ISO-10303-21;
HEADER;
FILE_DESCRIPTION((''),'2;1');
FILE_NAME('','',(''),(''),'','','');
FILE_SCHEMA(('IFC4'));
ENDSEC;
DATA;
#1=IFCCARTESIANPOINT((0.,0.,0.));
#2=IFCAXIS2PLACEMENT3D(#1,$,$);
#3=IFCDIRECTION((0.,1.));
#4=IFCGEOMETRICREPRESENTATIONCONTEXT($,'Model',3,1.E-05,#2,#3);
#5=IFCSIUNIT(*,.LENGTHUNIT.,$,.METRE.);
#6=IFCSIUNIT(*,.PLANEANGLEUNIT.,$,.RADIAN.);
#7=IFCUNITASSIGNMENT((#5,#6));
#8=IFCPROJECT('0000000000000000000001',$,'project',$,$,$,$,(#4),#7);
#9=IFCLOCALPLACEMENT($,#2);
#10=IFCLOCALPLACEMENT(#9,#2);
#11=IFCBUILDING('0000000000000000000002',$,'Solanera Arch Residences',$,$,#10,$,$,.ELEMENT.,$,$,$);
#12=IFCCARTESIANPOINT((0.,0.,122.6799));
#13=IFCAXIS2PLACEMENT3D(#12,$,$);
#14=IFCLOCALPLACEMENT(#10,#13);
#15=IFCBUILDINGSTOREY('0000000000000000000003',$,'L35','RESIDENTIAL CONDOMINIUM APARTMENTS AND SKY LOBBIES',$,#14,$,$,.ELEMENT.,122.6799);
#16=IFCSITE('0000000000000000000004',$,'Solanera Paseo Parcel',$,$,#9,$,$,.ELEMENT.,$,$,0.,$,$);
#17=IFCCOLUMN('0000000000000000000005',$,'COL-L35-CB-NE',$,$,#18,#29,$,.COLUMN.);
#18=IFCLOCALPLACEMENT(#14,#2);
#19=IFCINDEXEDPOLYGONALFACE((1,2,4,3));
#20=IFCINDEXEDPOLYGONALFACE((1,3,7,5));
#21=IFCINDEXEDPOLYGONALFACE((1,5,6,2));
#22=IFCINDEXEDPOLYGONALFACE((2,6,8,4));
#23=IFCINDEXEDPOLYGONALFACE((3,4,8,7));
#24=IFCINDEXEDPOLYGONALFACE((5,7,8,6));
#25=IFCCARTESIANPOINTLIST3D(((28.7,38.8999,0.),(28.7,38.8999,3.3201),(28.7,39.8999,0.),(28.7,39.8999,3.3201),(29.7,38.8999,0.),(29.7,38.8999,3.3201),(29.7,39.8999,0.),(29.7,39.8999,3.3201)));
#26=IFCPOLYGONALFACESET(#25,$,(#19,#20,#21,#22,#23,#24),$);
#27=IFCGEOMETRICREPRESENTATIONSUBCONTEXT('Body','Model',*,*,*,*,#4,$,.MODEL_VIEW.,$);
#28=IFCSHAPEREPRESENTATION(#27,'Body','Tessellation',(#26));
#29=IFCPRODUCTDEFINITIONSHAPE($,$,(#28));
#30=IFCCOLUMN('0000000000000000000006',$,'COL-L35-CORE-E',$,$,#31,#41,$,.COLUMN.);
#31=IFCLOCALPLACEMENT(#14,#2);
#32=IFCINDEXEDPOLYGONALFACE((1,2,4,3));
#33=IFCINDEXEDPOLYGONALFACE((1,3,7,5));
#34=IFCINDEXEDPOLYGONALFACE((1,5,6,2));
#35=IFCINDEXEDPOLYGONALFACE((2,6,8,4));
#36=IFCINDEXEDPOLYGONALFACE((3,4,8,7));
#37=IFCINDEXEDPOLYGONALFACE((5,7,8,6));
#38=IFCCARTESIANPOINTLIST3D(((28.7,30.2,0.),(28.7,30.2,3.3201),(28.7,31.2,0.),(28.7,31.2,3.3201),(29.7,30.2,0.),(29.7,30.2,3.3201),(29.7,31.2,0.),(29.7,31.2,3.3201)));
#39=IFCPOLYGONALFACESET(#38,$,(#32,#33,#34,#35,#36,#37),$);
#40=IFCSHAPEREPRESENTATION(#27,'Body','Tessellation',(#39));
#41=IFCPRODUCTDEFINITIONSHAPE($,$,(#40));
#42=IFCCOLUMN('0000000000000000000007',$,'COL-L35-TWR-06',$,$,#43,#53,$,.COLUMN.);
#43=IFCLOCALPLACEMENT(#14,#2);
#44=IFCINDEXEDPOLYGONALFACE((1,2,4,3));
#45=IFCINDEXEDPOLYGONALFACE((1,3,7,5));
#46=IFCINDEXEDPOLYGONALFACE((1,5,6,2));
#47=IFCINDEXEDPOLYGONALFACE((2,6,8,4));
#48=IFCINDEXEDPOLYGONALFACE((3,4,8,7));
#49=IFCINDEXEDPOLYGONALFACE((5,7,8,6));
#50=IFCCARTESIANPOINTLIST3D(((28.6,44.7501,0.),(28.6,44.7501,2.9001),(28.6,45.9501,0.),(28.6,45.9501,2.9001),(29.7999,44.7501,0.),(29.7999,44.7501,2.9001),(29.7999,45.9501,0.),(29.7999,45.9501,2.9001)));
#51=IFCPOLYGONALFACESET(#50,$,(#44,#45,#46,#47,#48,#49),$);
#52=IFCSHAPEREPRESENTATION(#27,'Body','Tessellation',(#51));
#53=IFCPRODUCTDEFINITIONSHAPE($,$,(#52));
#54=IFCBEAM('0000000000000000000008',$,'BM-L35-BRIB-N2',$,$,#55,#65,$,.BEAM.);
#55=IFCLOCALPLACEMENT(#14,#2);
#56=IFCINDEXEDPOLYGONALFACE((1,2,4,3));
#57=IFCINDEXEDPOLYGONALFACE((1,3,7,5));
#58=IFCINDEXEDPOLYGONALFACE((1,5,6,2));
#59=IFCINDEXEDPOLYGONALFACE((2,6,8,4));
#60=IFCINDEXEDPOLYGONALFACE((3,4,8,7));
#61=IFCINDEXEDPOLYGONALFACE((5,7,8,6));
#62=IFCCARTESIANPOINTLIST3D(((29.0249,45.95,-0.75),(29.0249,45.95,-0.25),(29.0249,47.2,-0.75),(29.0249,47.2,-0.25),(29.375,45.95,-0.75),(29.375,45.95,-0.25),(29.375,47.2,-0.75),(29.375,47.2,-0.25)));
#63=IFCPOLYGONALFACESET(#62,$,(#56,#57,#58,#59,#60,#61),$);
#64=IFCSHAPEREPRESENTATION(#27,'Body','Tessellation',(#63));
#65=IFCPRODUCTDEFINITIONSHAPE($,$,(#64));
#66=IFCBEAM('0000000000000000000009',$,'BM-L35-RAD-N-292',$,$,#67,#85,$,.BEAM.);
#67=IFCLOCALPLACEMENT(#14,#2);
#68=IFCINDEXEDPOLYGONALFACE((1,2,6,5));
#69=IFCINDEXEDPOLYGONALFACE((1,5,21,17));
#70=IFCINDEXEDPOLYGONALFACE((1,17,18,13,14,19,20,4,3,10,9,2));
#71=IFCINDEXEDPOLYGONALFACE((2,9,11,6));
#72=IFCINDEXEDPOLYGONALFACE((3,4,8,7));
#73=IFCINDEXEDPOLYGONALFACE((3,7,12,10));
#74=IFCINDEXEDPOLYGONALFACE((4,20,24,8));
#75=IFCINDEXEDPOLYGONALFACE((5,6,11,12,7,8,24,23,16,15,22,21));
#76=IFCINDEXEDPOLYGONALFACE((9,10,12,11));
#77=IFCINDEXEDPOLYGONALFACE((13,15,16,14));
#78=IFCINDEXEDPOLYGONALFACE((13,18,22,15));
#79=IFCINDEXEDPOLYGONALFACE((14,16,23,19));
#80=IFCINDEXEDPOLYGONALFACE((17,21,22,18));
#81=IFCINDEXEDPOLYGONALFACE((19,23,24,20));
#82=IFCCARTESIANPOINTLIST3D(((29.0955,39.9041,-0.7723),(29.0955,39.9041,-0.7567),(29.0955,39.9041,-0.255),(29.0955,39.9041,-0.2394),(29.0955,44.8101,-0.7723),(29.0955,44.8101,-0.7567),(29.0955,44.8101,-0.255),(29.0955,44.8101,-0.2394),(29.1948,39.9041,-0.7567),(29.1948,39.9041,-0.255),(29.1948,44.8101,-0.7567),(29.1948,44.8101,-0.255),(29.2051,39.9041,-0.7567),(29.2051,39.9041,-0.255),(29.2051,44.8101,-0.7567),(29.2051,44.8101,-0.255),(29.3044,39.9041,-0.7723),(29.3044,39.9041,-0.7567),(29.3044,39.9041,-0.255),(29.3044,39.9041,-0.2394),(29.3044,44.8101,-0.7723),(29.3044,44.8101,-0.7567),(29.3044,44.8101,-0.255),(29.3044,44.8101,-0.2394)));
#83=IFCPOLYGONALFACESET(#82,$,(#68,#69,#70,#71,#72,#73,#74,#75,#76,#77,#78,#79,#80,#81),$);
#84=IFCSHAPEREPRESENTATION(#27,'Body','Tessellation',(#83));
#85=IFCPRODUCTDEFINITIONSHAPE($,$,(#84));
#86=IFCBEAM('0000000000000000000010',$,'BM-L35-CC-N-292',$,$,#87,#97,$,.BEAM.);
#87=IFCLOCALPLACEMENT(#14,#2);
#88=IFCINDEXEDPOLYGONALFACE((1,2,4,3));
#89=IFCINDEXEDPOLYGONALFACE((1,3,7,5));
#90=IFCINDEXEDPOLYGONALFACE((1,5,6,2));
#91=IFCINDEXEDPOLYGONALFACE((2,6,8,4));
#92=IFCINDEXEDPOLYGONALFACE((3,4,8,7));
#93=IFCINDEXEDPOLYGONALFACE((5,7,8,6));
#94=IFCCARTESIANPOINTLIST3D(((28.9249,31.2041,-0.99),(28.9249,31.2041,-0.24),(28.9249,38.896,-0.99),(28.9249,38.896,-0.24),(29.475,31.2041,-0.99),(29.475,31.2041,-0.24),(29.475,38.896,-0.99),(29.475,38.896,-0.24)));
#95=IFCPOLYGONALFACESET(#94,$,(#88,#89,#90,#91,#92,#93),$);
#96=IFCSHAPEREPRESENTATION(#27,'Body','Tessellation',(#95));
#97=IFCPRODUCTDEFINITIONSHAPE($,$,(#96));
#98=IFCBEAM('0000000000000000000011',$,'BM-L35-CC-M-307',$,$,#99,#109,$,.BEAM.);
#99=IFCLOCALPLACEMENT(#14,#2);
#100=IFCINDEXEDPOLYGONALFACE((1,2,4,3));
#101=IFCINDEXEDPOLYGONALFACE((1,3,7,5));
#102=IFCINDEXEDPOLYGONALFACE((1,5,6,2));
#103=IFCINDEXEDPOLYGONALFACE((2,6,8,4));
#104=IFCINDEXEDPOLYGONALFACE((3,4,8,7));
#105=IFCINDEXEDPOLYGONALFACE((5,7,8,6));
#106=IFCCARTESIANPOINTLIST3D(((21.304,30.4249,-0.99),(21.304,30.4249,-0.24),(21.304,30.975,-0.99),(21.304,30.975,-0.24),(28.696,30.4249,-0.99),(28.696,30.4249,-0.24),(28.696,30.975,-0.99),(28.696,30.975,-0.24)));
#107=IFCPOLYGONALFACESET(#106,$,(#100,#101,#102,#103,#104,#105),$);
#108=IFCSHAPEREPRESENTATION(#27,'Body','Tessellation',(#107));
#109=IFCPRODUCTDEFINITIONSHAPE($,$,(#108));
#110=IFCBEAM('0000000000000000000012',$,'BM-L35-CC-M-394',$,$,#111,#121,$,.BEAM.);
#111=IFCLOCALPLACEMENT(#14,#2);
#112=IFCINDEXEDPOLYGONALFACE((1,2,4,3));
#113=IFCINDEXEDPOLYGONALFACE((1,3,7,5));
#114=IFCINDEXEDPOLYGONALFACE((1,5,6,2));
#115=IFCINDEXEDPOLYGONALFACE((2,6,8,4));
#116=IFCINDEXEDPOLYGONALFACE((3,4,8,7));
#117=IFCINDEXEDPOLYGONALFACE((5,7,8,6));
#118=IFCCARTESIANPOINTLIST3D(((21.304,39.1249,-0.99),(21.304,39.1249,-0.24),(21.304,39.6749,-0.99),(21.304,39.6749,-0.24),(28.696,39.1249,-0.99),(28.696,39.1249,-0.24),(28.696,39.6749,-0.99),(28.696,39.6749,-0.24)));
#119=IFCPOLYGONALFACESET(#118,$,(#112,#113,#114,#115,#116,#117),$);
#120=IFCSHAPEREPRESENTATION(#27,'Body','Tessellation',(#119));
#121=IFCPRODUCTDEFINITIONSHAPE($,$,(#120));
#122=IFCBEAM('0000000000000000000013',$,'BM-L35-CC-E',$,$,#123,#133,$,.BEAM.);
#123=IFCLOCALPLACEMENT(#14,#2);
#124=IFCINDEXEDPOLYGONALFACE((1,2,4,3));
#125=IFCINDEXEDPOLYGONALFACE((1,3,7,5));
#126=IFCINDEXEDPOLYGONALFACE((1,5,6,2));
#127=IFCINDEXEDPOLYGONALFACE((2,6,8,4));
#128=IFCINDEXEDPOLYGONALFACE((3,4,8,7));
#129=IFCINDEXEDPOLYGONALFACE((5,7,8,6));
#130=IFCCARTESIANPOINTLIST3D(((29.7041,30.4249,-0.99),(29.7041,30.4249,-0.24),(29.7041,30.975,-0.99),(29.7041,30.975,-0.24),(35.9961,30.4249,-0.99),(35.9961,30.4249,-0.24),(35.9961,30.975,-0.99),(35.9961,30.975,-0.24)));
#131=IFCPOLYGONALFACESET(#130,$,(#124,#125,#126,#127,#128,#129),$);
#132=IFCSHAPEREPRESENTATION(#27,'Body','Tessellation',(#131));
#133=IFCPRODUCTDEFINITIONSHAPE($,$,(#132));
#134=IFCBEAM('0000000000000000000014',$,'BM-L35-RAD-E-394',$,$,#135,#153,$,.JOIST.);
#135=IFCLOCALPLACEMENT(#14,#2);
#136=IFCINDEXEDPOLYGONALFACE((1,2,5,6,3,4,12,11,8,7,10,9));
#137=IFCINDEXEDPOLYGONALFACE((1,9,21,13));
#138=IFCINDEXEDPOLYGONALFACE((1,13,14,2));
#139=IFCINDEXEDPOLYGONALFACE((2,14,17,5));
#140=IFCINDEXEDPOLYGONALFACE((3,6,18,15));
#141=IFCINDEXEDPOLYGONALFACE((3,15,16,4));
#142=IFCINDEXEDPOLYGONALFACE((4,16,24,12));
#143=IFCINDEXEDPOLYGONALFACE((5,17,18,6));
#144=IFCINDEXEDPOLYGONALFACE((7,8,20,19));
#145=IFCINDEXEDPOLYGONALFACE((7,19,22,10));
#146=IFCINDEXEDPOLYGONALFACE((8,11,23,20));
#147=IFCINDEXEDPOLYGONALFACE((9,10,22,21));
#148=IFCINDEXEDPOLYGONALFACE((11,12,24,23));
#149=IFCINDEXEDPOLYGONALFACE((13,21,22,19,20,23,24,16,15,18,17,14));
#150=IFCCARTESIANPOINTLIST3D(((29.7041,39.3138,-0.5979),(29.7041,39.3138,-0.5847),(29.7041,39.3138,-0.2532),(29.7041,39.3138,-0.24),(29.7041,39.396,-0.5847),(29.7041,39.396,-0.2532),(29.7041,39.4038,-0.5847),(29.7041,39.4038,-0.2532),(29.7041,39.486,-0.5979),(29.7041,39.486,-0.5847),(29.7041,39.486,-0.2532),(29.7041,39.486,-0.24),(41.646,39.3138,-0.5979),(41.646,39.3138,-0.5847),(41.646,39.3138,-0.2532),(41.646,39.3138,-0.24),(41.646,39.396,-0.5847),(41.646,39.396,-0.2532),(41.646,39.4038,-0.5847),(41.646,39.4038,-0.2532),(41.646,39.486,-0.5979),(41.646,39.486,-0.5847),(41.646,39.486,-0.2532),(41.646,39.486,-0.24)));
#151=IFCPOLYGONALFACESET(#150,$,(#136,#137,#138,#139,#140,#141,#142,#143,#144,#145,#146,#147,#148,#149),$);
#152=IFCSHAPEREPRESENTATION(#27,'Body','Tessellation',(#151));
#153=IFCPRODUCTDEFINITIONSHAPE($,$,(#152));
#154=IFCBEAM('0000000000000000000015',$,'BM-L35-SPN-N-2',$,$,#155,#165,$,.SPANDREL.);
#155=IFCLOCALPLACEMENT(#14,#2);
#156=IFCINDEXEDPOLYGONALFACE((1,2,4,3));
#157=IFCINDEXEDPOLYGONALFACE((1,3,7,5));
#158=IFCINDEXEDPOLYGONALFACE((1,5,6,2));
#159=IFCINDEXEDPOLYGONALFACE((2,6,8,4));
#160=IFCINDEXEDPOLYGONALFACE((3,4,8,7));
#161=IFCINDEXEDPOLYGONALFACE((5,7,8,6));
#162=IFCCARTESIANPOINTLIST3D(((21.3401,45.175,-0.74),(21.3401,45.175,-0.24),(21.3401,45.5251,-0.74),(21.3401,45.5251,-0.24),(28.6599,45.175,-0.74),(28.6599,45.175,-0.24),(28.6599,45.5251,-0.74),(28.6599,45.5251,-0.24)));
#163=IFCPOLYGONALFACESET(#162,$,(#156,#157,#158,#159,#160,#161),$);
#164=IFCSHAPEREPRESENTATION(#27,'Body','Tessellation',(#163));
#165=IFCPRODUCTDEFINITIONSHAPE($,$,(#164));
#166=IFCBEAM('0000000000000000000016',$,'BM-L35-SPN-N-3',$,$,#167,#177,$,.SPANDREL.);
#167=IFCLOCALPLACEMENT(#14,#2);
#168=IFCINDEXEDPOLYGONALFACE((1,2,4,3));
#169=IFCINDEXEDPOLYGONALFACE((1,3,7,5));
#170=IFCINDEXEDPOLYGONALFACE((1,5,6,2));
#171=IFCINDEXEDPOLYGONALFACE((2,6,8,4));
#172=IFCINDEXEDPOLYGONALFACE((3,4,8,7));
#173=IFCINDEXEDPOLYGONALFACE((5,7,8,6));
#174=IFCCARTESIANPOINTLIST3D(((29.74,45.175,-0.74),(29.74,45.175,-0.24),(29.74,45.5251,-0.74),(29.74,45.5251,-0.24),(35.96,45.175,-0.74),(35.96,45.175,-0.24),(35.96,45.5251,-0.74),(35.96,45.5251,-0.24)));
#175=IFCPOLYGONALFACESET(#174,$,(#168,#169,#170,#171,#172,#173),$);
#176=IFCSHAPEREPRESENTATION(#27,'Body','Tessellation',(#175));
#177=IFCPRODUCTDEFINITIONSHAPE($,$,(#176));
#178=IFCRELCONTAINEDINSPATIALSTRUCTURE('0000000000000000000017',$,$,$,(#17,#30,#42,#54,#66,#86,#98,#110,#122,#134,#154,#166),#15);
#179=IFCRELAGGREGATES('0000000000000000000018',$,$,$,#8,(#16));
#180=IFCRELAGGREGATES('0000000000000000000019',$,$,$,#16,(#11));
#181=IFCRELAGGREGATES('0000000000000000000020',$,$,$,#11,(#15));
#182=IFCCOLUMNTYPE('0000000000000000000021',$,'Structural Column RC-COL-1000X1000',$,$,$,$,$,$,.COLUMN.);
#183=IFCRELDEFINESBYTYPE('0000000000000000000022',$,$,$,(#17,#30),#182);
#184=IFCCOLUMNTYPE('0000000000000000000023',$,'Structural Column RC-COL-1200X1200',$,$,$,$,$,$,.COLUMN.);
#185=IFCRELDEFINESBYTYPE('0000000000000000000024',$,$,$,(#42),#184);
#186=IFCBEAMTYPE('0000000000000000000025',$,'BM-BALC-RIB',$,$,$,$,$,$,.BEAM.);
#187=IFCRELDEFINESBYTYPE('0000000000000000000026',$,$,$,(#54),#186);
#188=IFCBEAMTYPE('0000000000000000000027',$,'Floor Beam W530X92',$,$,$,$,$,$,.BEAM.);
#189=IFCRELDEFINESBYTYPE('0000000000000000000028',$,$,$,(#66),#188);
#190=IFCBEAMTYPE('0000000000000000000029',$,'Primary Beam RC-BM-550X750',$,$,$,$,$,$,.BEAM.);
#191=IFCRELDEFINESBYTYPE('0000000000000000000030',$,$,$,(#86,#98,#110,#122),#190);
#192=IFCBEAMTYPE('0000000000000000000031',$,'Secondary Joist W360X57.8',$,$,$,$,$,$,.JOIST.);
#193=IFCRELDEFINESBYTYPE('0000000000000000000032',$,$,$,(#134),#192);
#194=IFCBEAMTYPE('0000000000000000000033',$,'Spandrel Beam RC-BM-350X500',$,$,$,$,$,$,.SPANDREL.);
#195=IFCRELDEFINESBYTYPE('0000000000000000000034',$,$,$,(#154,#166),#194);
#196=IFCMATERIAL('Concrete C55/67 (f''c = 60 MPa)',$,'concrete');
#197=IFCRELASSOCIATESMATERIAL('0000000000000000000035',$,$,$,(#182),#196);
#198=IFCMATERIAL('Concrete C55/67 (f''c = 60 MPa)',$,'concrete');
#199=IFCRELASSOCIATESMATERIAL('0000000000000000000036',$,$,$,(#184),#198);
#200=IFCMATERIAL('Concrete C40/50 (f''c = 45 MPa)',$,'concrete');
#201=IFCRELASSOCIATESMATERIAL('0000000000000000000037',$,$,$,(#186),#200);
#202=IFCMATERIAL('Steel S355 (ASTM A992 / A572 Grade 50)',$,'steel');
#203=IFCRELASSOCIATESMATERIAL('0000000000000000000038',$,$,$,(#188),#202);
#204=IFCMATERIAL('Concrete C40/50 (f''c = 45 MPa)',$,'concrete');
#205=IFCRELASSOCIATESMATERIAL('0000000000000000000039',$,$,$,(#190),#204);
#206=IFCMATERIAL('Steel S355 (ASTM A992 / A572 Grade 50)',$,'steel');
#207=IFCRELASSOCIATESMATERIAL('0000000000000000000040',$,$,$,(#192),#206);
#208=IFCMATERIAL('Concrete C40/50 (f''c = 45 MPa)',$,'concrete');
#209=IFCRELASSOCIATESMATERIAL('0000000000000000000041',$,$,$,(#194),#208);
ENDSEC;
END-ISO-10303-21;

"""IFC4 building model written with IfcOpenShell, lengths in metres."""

from ifc_helpers import new_model, si_unit, direction, frame, origin, origin_2d, place, context, subcontext, project, spatial, rectangle, i_section, extrude, material, material_profile, profile_set, type_object, element, save


model = new_model("IFC4")

# Units and contexts
model_context = context("Model", 3, precision=1e-05, world=origin(), true_north=direction((0.0, 1.0)))
body_context = subcontext(model_context, "Body", "Model", "MODEL_VIEW")
ifc_project = project(units=[si_unit("LENGTHUNIT", "METRE"), si_unit("PLANEANGLEUNIT", "RADIAN")], contexts=[model_context])

# Site, building, storey
site_placement = place(None, origin())
site = spatial("IfcSite", under=ifc_project, at=site_placement, Name="Solanera Paseo Parcel", CompositionType="ELEMENT", RefElevation=0.0)
building_placement = place(site_placement, origin())
building = spatial("IfcBuilding", under=site, at=building_placement, Name="Solanera Arch Residences", CompositionType="ELEMENT")
storey_placement = place(building_placement, frame((0.0, 0.0, 122.6799)))
storey = spatial("IfcBuildingStorey", under=building, at=storey_placement, Name="L35", Description="RESIDENTIAL CONDOMINIUM APARTMENTS AND SKY LOBBIES", CompositionType="ELEMENT", Elevation=122.6799)

# Columns
ifc_material_1 = material(Name="Concrete C55/67 (f'c = 60 MPa)", Category="concrete")
ifc_material_profile_1 = material_profile(ifc_material_1, rectangle(XDim=1.0, YDim=1.0, at=origin_2d()))
ifc_profile_set_1 = profile_set([ifc_material_profile_1], Name="Concrete C55/67 (f'c = 60 MPa)")
column_type_1 = type_object("IfcColumnType", Name="Structural Column RC-COL-1000X1000", PredefinedType="COLUMN", material=ifc_profile_set_1)
for number, where, z_axis, x_axis, name in (
    (1, (29.2, 39.3999, 0.0), (0.0, 0.0, 1.0), (1.0, 0.0, 0.0), "COL-L35-CB-NE"),
    (2, (29.2, 30.7, 0.0), (0.0, 0.0, 1.0), (1.0, 0.0, 0.0), "COL-L35-CORE-E"),
):
    element("IfcColumn", number, at=place(storey_placement, frame(where, z_axis=z_axis, x_axis=x_axis)), inside=storey, type_object=column_type_1, Name=name, PredefinedType="COLUMN", context=body_context, shape_type="SweptSolid", body=[
        extrude(rectangle(XDim=1.0, YDim=1.0, at=origin_2d()), origin(), (0.0, 0.0, 1.0), 3.3201),
    ])
ifc_material_2 = material(Name="Concrete C55/67 (f'c = 60 MPa)", Category="concrete")
ifc_material_profile_2 = material_profile(ifc_material_2, rectangle(XDim=1.2, YDim=1.2, at=origin_2d()))
ifc_profile_set_2 = profile_set([ifc_material_profile_2], Name="Concrete C55/67 (f'c = 60 MPa)")
column_type_2 = type_object("IfcColumnType", Name="Structural Column RC-COL-1200X1200", PredefinedType="COLUMN", material=ifc_profile_set_2)
column_placement = place(storey_placement, frame((29.2, 45.3501, 0.0), z_axis=(0.0, 0.0, 1.0), x_axis=(1.0, 0.0, 0.0)))
element("IfcColumn", 3, at=column_placement, inside=storey, type_object=column_type_2, Name="COL-L35-TWR-06", PredefinedType="COLUMN", context=body_context, shape_type="SweptSolid", body=[
    extrude(rectangle(XDim=1.2, YDim=1.2, at=origin_2d()), origin(), (0.0, 0.0, 1.0), 2.9001),
])

# Beams
ifc_material_3 = material(Name="Concrete C40/50 (f'c = 45 MPa)", Category="concrete")
ifc_material_profile_3 = material_profile(ifc_material_3, rectangle(XDim=0.3501, YDim=0.5, at=origin_2d()))
ifc_profile_set_3 = profile_set([ifc_material_profile_3], Name="Concrete C40/50 (f'c = 45 MPa)")
beam_type_1 = type_object("IfcBeamType", Name="BM-BALC-RIB", PredefinedType="BEAM", material=ifc_profile_set_3)
beam_1_placement = place(storey_placement, frame((29.2, 45.95, -0.5), z_axis=(0.0, 1.0, 0.0), x_axis=(-1.0, 0.0, 0.0)))
element("IfcBeam", 4, at=beam_1_placement, inside=storey, type_object=beam_type_1, Name="BM-L35-BRIB-N2", PredefinedType="BEAM", context=body_context, shape_type="SweptSolid", body=[
    extrude(rectangle(XDim=0.3501, YDim=0.5, at=origin_2d()), origin(), (0.0, 0.0, 1.0), 1.25),
])
ifc_material_4 = material(Name="Steel S355 (ASTM A992 / A572 Grade 50)", Category="steel")
ifc_material_profile_4 = material_profile(ifc_material_4, i_section(OverallWidth=0.209, OverallDepth=0.533, WebThickness=0.0103, FlangeThickness=0.0156, at=origin_2d()))
ifc_profile_set_4 = profile_set([ifc_material_profile_4], Name="Steel S355 (ASTM A992 / A572 Grade 50)")
beam_type_2 = type_object("IfcBeamType", Name="Floor Beam W530X92", PredefinedType="BEAM", material=ifc_profile_set_4)
beam_2_placement = place(storey_placement, frame((29.2, 39.9041, -0.5059), z_axis=(0.0, 1.0, 0.0), x_axis=(-1.0, 0.0, 0.0)))
element("IfcBeam", 5, at=beam_2_placement, inside=storey, type_object=beam_type_2, Name="BM-L35-RAD-N-292", PredefinedType="BEAM", context=body_context, shape_type="SweptSolid", body=[
    extrude(i_section(OverallWidth=0.209, OverallDepth=0.533, WebThickness=0.0103, FlangeThickness=0.0156, at=origin_2d()), origin(), (0.0, 0.0, 1.0), 4.906),
])
ifc_material_5 = material(Name="Concrete C40/50 (f'c = 45 MPa)", Category="concrete")
ifc_material_profile_5 = material_profile(ifc_material_5, rectangle(XDim=0.55, YDim=0.75, at=origin_2d()))
ifc_profile_set_5 = profile_set([ifc_material_profile_5], Name="Concrete C40/50 (f'c = 45 MPa)")
beam_type_3 = type_object("IfcBeamType", Name="Primary Beam RC-BM-550X750", PredefinedType="BEAM", material=ifc_profile_set_5)
beam_3_placement = place(storey_placement, frame((29.2, 31.2041, -0.615), z_axis=(0.0, 1.0, 0.0), x_axis=(-1.0, 0.0, 0.0)))
element("IfcBeam", 6, at=beam_3_placement, inside=storey, type_object=beam_type_3, Name="BM-L35-CC-N-292", PredefinedType="BEAM", context=body_context, shape_type="SweptSolid", body=[
    extrude(rectangle(XDim=0.55, YDim=0.75, at=origin_2d()), origin(), (0.0, 0.0, 1.0), 7.6919),
])
for number, where, z_axis, x_axis, name in (
    (7, (21.304, 30.7, -0.615), (1.0, 0.0, 0.0), (0.0, 1.0, 0.0), "BM-L35-CC-M-307"),
    (8, (21.304, 39.3999, -0.615), (1.0, 0.0, 0.0), (0.0, 1.0, 0.0), "BM-L35-CC-M-394"),
):
    element("IfcBeam", number, at=place(storey_placement, frame(where, z_axis=z_axis, x_axis=x_axis)), inside=storey, type_object=beam_type_3, Name=name, PredefinedType="BEAM", context=body_context, shape_type="SweptSolid", body=[
        extrude(rectangle(XDim=0.55, YDim=0.75, at=origin_2d()), origin(), (0.0, 0.0, 1.0), 7.3921),
    ])
beam_4_placement = place(storey_placement, frame((29.7041, 30.7, -0.615), z_axis=(1.0, 0.0, 0.0), x_axis=(0.0, 1.0, 0.0)))
element("IfcBeam", 9, at=beam_4_placement, inside=storey, type_object=beam_type_3, Name="BM-L35-CC-E", PredefinedType="BEAM", context=body_context, shape_type="SweptSolid", body=[
    extrude(rectangle(XDim=0.55, YDim=0.75, at=origin_2d()), origin(), (0.0, 0.0, 1.0), 6.292),
])
ifc_material_6 = material(Name="Steel S355 (ASTM A992 / A572 Grade 50)", Category="steel")
ifc_material_profile_6 = material_profile(ifc_material_6, i_section(OverallWidth=0.1721, OverallDepth=0.3579, WebThickness=0.0078, FlangeThickness=0.0132, at=origin_2d()))
ifc_profile_set_6 = profile_set([ifc_material_profile_6], Name="Steel S355 (ASTM A992 / A572 Grade 50)")
beam_type_4 = type_object("IfcBeamType", Name="Secondary Joist W360X57.8", PredefinedType="JOIST", material=ifc_profile_set_6)
beam_5_placement = place(storey_placement, frame((29.7041, 39.3999, -0.4189), z_axis=(1.0, 0.0, 0.0), x_axis=(0.0, 1.0, 0.0)))
element("IfcBeam", 10, at=beam_5_placement, inside=storey, type_object=beam_type_4, Name="BM-L35-RAD-E-394", PredefinedType="JOIST", context=body_context, shape_type="SweptSolid", body=[
    extrude(i_section(OverallWidth=0.1721, OverallDepth=0.3579, WebThickness=0.0078, FlangeThickness=0.0132, at=origin_2d()), origin(), (0.0, 0.0, 1.0), 11.9419),
])
ifc_material_7 = material(Name="Concrete C40/50 (f'c = 45 MPa)", Category="concrete")
ifc_material_profile_7 = material_profile(ifc_material_7, rectangle(XDim=0.3501, YDim=0.5, at=origin_2d()))
ifc_profile_set_7 = profile_set([ifc_material_profile_7], Name="Concrete C40/50 (f'c = 45 MPa)")
beam_type_5 = type_object("IfcBeamType", Name="Spandrel Beam RC-BM-350X500", PredefinedType="SPANDREL", material=ifc_profile_set_7)
beam_6_placement = place(storey_placement, frame((21.3401, 45.3501, -0.49), z_axis=(1.0, 0.0, 0.0), x_axis=(0.0, 1.0, 0.0)))
element("IfcBeam", 11, at=beam_6_placement, inside=storey, type_object=beam_type_5, Name="BM-L35-SPN-N-2", PredefinedType="SPANDREL", context=body_context, shape_type="SweptSolid", body=[
    extrude(rectangle(XDim=0.3501, YDim=0.5, at=origin_2d()), origin(), (0.0, 0.0, 1.0), 7.3198),
])
beam_7_placement = place(storey_placement, frame((29.74, 45.3501, -0.49), z_axis=(1.0, 0.0, 0.0), x_axis=(0.0, 1.0, 0.0)))
element("IfcBeam", 12, at=beam_7_placement, inside=storey, type_object=beam_type_5, Name="BM-L35-SPN-N-3", PredefinedType="SPANDREL", context=body_context, shape_type="SweptSolid", body=[
    extrude(rectangle(XDim=0.3501, YDim=0.5, at=origin_2d()), origin(), (0.0, 0.0, 1.0), 6.22),
])

save(model, "model.ifc")
